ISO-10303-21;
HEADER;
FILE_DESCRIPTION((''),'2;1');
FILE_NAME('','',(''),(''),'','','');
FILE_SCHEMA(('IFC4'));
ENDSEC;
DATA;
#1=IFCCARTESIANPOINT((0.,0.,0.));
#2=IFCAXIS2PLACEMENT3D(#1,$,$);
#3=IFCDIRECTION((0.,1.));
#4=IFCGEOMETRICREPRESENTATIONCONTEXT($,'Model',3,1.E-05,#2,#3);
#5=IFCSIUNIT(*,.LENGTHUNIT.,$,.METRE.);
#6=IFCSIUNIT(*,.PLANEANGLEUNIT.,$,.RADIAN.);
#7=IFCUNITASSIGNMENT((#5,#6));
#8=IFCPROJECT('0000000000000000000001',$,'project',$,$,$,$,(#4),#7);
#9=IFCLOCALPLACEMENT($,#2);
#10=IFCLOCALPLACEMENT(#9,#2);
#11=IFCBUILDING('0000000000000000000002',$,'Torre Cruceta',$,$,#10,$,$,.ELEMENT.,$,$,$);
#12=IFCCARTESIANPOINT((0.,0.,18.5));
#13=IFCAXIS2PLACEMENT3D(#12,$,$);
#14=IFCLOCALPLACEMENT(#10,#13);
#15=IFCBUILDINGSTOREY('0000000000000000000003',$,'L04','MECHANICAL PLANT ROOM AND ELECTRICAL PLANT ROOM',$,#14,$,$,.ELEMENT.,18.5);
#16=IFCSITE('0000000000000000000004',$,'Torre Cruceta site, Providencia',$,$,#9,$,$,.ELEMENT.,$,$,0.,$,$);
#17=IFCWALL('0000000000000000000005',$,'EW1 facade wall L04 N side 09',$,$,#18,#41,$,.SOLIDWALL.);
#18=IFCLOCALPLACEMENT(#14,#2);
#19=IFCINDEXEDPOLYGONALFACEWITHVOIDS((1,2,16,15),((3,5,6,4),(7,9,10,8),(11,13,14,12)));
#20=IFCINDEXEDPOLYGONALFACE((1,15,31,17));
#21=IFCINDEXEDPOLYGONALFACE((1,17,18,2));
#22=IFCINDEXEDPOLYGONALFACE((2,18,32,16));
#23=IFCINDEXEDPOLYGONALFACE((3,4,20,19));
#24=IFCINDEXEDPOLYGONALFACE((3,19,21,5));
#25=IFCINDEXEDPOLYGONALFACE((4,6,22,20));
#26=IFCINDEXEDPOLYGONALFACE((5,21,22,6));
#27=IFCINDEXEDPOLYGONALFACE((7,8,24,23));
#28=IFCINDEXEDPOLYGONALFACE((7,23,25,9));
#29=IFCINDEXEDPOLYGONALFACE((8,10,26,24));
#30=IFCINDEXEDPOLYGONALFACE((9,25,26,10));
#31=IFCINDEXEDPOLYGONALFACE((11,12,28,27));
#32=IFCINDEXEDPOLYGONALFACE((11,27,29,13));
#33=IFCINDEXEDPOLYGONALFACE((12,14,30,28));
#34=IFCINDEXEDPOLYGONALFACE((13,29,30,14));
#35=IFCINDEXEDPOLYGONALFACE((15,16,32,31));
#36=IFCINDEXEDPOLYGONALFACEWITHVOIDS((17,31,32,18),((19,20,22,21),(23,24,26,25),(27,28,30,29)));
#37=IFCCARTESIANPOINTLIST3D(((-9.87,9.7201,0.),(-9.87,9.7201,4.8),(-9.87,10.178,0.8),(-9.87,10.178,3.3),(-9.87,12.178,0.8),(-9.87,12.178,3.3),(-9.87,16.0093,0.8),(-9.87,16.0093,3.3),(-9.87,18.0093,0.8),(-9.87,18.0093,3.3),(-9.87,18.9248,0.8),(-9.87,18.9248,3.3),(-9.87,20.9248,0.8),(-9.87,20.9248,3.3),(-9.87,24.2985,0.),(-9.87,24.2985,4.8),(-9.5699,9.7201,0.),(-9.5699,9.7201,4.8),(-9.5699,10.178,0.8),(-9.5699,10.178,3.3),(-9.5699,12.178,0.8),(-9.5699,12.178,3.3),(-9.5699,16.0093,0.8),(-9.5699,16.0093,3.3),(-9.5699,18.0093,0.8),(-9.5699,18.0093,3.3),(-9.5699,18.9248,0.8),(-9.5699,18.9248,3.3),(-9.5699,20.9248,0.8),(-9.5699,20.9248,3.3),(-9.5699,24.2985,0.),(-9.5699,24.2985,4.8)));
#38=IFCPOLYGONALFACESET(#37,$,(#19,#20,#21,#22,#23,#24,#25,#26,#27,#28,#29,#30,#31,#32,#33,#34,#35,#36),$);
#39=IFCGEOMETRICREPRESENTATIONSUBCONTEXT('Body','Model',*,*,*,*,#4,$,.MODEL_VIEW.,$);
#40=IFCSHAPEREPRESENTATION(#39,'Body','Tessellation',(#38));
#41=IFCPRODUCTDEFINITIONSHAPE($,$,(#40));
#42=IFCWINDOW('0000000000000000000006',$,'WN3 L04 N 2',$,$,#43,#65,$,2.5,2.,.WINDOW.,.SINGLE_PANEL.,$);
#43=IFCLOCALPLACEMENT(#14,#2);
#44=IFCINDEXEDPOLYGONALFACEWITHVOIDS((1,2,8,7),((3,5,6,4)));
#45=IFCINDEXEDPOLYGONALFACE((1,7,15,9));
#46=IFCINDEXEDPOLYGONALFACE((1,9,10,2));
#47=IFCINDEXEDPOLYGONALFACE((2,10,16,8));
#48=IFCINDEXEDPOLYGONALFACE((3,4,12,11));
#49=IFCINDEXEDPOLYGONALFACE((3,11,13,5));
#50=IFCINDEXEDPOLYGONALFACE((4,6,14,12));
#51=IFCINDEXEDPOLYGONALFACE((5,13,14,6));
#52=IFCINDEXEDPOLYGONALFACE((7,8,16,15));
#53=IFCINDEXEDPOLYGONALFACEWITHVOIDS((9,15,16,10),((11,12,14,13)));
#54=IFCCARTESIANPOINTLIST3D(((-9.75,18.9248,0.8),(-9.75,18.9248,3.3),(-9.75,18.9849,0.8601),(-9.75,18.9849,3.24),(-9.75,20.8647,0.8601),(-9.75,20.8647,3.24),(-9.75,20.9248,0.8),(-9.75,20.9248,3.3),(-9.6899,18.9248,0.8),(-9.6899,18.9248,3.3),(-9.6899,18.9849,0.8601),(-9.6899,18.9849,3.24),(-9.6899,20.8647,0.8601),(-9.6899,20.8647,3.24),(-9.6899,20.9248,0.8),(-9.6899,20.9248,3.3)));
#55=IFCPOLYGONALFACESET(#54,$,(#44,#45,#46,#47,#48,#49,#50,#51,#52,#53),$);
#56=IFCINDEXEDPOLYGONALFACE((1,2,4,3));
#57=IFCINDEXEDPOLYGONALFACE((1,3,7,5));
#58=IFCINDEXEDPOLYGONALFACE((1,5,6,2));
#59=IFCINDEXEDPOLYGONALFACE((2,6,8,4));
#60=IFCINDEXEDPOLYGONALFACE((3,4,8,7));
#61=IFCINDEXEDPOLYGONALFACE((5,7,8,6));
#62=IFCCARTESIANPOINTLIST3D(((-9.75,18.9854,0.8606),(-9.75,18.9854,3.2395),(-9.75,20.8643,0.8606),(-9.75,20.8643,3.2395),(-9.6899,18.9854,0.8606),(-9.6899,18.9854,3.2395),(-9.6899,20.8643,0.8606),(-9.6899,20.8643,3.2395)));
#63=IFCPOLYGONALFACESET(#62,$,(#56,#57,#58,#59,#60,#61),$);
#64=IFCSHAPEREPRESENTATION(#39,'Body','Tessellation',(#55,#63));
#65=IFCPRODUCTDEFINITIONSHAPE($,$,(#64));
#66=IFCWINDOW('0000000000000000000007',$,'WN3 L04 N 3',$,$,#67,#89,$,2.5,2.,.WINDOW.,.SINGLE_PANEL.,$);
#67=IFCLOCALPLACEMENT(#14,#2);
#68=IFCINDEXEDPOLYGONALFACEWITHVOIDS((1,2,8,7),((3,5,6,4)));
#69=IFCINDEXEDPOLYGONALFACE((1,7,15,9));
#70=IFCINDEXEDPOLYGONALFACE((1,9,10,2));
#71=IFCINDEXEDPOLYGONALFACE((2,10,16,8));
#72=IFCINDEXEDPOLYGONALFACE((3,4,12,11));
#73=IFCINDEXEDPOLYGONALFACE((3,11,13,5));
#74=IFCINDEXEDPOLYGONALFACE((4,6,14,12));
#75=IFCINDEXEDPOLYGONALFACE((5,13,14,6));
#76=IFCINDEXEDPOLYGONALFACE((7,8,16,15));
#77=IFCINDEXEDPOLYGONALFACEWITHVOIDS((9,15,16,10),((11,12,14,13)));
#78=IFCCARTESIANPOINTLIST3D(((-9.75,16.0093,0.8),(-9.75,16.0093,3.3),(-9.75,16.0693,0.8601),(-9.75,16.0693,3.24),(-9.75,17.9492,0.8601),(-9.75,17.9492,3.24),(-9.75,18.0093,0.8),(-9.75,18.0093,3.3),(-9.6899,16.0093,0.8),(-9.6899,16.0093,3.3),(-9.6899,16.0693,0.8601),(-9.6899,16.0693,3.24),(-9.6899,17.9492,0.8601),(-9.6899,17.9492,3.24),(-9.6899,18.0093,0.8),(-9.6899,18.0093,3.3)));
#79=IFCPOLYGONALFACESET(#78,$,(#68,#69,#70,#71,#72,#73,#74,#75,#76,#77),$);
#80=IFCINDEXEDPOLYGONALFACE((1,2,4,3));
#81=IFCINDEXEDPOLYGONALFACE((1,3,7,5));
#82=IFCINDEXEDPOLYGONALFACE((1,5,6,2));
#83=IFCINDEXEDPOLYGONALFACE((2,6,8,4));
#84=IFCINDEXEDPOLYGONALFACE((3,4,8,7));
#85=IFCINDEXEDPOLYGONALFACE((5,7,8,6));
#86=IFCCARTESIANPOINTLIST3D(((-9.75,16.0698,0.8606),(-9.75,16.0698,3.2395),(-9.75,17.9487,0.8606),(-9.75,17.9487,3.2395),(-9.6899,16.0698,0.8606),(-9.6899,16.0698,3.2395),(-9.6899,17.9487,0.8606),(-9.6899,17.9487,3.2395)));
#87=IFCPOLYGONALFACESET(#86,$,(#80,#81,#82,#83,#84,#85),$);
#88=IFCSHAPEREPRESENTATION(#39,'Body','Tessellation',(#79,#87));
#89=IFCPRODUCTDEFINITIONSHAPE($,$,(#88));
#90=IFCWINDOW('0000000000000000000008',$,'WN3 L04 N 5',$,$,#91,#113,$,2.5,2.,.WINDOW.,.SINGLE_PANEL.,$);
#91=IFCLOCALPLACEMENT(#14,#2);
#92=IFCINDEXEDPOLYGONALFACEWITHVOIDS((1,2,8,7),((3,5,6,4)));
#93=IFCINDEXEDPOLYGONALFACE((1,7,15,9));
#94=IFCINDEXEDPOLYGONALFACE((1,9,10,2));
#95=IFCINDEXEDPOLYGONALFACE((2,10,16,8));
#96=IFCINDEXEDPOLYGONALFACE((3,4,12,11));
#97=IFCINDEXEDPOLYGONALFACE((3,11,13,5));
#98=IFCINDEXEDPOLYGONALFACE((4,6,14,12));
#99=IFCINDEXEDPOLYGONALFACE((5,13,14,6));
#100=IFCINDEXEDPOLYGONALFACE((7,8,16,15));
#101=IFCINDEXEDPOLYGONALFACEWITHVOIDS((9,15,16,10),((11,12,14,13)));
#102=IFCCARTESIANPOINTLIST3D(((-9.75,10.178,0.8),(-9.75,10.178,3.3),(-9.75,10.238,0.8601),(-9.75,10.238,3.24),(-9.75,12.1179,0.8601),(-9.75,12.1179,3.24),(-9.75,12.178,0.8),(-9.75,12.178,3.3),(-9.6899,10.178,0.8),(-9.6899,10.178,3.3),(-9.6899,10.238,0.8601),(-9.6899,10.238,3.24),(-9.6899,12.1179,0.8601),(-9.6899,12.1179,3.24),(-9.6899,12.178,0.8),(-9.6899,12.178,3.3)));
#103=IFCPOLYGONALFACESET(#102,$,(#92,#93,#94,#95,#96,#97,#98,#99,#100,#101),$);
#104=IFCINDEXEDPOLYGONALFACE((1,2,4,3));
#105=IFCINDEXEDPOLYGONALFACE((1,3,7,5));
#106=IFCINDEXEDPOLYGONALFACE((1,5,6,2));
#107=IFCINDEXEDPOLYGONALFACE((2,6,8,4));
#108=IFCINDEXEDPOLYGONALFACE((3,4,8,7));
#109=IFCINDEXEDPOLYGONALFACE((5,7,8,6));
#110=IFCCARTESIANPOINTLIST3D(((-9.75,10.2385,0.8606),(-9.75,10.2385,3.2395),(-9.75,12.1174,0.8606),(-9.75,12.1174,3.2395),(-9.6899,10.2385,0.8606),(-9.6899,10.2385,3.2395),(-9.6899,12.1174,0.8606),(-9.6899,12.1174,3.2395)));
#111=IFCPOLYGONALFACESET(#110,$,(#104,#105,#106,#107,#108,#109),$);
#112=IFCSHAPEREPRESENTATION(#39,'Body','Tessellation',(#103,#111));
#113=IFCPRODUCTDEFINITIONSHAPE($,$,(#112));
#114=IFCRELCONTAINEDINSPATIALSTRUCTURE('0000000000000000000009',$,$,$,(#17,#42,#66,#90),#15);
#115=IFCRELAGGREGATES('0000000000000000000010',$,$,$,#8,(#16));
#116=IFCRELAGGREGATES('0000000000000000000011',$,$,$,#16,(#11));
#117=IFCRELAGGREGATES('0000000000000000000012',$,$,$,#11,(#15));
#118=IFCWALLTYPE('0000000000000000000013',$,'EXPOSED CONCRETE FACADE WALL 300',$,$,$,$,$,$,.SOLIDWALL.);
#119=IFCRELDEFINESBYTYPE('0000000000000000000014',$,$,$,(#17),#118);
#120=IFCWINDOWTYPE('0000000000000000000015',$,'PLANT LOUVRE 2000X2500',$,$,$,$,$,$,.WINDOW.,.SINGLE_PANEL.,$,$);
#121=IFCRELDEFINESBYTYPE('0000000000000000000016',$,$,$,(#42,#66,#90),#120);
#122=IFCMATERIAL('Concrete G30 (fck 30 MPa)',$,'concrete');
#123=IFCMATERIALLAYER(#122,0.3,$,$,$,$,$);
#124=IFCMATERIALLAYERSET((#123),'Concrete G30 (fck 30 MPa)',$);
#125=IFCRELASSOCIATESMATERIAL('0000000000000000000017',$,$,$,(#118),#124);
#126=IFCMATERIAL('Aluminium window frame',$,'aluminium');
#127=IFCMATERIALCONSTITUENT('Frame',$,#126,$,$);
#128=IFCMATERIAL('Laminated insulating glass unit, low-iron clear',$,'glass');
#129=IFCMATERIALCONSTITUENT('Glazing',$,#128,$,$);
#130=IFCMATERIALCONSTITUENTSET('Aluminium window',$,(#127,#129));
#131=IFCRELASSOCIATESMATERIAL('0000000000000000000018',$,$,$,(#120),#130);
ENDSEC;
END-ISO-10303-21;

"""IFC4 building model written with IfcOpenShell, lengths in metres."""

from ifc_helpers import new_model, si_unit, direction, frame, frame_2d, origin, place, context, subcontext, project, spatial, rectangle, hollow_rectangle, extrude, material, layer, layer_set, constituent, constituent_set, type_object, element, fill, save


model = new_model("IFC4")

# Units and contexts
model_context = context("Model", 3, precision=1e-05, world=origin(), true_north=direction((0.0, 1.0)))
body_context = subcontext(model_context, "Body", "Model", "MODEL_VIEW")
ifc_project = project(units=[si_unit("LENGTHUNIT", "METRE"), si_unit("PLANEANGLEUNIT", "RADIAN")], contexts=[model_context])

# Site, building, storey
site_placement = place(None, origin())
site = spatial("IfcSite", under=ifc_project, at=site_placement, Name="Torre Cruceta site, Providencia", CompositionType="ELEMENT", RefElevation=0.0)
building_placement = place(site_placement, origin())
building = spatial("IfcBuilding", under=site, at=building_placement, Name="Torre Cruceta", CompositionType="ELEMENT")
storey_placement = place(building_placement, frame((0.0, 0.0, 18.5)))
storey = spatial("IfcBuildingStorey", under=building, at=storey_placement, Name="L04", Description="MECHANICAL PLANT ROOM AND ELECTRICAL PLANT ROOM", CompositionType="ELEMENT", Elevation=18.5)

# Shared definitions
ifc_material_1 = material(Name="Concrete G30 (fck 30 MPa)", Category="concrete")
ifc_layer_1 = layer(ifc_material_1, 0.3)
ifc_layer_set_1 = layer_set([ifc_layer_1], Name="Concrete G30 (fck 30 MPa)")
wall_type_1 = type_object("IfcWallType", Name="EXPOSED CONCRETE FACADE WALL 300", PredefinedType="SOLIDWALL", material=ifc_layer_set_1)

# Wall, openings, windows
wall_1_placement = place(storey_placement, frame((-9.72, 24.2983, 0.0), z_axis=(0.0, 0.0, 1.0), x_axis=(0.0, -1.0, 0.0)))
wall_1 = element("IfcWall", 1, at=wall_1_placement, inside=storey, type_object=wall_type_1, Name="EW1 facade wall L04 N side 09", PredefinedType="SOLIDWALL", context=body_context, shape_type="SweptSolid", body=[
    extrude(rectangle(XDim=14.5784, YDim=0.3, at=frame_2d((7.2891, 0.0))), origin(), (0.0, 0.0, 1.0), 4.8),
])
opening_1_placement = place(wall_1_placement, frame((3.3735, 0.0, 0.8)))
opening_1 = element("IfcOpeningElement", 2, at=opening_1_placement, cuts=wall_1, PredefinedType="OPENING", context=body_context, shape_type="SweptSolid", body=[
    extrude(rectangle(XDim=2.0, YDim=2.5, at=frame_2d((1.0, 1.25))), frame((0.0, 0.1599, 0.0), z_axis=(0.0, -1.0, 0.0), x_axis=(1.0, 0.0, 0.0)), (0.0, 0.0, 1.0), 0.3201),
])
opening_2_placement = place(wall_1_placement, frame((6.2891, 0.0, 0.8)))
opening_2 = element("IfcOpeningElement", 3, at=opening_2_placement, cuts=wall_1, PredefinedType="OPENING", context=body_context, shape_type="SweptSolid", body=[
    extrude(rectangle(XDim=2.0, YDim=2.5, at=frame_2d((1.0, 1.25))), frame((0.0, 0.1599, 0.0), z_axis=(0.0, -1.0, 0.0), x_axis=(1.0, 0.0, 0.0)), (0.0, 0.0, 1.0), 0.3201),
])
opening_3_placement = place(wall_1_placement, frame((12.1204, 0.0, 0.8)))
opening_3 = element("IfcOpeningElement", 4, at=opening_3_placement, cuts=wall_1, PredefinedType="OPENING", context=body_context, shape_type="SweptSolid", body=[
    extrude(rectangle(XDim=2.0, YDim=2.5, at=frame_2d((1.0, 1.25))), frame((0.0, 0.1599, 0.0), z_axis=(0.0, -1.0, 0.0), x_axis=(1.0, 0.0, 0.0)), (0.0, 0.0, 1.0), 0.3201),
])
ifc_material_2 = material(Name="Aluminium window frame", Category="aluminium")
ifc_constituent_1 = constituent(ifc_material_2, Name="Frame")
ifc_material_3 = material(Name="Laminated insulating glass unit, low-iron clear", Category="glass")
ifc_constituent_2 = constituent(ifc_material_3, Name="Glazing")
ifc_constituent_set_1 = constituent_set(constituents=[ifc_constituent_1, ifc_constituent_2], Name="Aluminium window")
window_type = type_object("IfcWindowType", Name="PLANT LOUVRE 2000X2500", PartitioningType="SINGLE_PANEL", PredefinedType="WINDOW", material=ifc_constituent_set_1)
window_1_placement = place(opening_1_placement, origin())
window_1 = element("IfcWindow", 5, at=window_1_placement, inside=storey, type_object=window_type, Name="WN3 L04 N 2", OverallHeight=2.5, OverallWidth=2.0, PartitioningType="SINGLE_PANEL", PredefinedType="WINDOW", context=body_context, shape_type="SweptSolid", body=[
    extrude(hollow_rectangle(XDim=2.0, YDim=2.5, WallThickness=0.0601, at=frame_2d((1.0, 1.25))), frame((0.0, 0.03, 0.0), z_axis=(0.0, -1.0, 0.0), x_axis=(1.0, 0.0, 0.0)), (0.0, 0.0, 1.0), 0.0601),
    extrude(rectangle(XDim=1.8789, YDim=2.3789, at=frame_2d((1.0, 1.25))), frame((0.0, 0.03, 0.0), z_axis=(0.0, -1.0, 0.0), x_axis=(1.0, 0.0, 0.0)), (0.0, 0.0, 1.0), 0.0601),
])
fill(opening_1, window_1)
window_2_placement = place(opening_2_placement, origin())
window_2 = element("IfcWindow", 6, at=window_2_placement, inside=storey, type_object=window_type, Name="WN3 L04 N 3", OverallHeight=2.5, OverallWidth=2.0, PartitioningType="SINGLE_PANEL", PredefinedType="WINDOW", context=body_context, shape_type="SweptSolid", body=[
    extrude(hollow_rectangle(XDim=2.0, YDim=2.5, WallThickness=0.0601, at=frame_2d((1.0, 1.25))), frame((0.0, 0.03, 0.0), z_axis=(0.0, -1.0, 0.0), x_axis=(1.0, 0.0, 0.0)), (0.0, 0.0, 1.0), 0.0601),
    extrude(rectangle(XDim=1.8789, YDim=2.3789, at=frame_2d((1.0, 1.25))), frame((0.0, 0.03, 0.0), z_axis=(0.0, -1.0, 0.0), x_axis=(1.0, 0.0, 0.0)), (0.0, 0.0, 1.0), 0.0601),
])
fill(opening_2, window_2)
window_3_placement = place(opening_3_placement, origin())
window_3 = element("IfcWindow", 7, at=window_3_placement, inside=storey, type_object=window_type, Name="WN3 L04 N 5", OverallHeight=2.5, OverallWidth=2.0, PartitioningType="SINGLE_PANEL", PredefinedType="WINDOW", context=body_context, shape_type="SweptSolid", body=[
    extrude(hollow_rectangle(XDim=2.0, YDim=2.5, WallThickness=0.0601, at=frame_2d((1.0, 1.25))), frame((0.0, 0.03, 0.0), z_axis=(0.0, -1.0, 0.0), x_axis=(1.0, 0.0, 0.0)), (0.0, 0.0, 1.0), 0.0601),
    extrude(rectangle(XDim=1.8789, YDim=2.3789, at=frame_2d((1.0, 1.25))), frame((0.0, 0.03, 0.0), z_axis=(0.0, -1.0, 0.0), x_axis=(1.0, 0.0, 0.0)), (0.0, 0.0, 1.0), 0.0601),
])
fill(opening_3, window_3)

save(model, "model.ifc")
